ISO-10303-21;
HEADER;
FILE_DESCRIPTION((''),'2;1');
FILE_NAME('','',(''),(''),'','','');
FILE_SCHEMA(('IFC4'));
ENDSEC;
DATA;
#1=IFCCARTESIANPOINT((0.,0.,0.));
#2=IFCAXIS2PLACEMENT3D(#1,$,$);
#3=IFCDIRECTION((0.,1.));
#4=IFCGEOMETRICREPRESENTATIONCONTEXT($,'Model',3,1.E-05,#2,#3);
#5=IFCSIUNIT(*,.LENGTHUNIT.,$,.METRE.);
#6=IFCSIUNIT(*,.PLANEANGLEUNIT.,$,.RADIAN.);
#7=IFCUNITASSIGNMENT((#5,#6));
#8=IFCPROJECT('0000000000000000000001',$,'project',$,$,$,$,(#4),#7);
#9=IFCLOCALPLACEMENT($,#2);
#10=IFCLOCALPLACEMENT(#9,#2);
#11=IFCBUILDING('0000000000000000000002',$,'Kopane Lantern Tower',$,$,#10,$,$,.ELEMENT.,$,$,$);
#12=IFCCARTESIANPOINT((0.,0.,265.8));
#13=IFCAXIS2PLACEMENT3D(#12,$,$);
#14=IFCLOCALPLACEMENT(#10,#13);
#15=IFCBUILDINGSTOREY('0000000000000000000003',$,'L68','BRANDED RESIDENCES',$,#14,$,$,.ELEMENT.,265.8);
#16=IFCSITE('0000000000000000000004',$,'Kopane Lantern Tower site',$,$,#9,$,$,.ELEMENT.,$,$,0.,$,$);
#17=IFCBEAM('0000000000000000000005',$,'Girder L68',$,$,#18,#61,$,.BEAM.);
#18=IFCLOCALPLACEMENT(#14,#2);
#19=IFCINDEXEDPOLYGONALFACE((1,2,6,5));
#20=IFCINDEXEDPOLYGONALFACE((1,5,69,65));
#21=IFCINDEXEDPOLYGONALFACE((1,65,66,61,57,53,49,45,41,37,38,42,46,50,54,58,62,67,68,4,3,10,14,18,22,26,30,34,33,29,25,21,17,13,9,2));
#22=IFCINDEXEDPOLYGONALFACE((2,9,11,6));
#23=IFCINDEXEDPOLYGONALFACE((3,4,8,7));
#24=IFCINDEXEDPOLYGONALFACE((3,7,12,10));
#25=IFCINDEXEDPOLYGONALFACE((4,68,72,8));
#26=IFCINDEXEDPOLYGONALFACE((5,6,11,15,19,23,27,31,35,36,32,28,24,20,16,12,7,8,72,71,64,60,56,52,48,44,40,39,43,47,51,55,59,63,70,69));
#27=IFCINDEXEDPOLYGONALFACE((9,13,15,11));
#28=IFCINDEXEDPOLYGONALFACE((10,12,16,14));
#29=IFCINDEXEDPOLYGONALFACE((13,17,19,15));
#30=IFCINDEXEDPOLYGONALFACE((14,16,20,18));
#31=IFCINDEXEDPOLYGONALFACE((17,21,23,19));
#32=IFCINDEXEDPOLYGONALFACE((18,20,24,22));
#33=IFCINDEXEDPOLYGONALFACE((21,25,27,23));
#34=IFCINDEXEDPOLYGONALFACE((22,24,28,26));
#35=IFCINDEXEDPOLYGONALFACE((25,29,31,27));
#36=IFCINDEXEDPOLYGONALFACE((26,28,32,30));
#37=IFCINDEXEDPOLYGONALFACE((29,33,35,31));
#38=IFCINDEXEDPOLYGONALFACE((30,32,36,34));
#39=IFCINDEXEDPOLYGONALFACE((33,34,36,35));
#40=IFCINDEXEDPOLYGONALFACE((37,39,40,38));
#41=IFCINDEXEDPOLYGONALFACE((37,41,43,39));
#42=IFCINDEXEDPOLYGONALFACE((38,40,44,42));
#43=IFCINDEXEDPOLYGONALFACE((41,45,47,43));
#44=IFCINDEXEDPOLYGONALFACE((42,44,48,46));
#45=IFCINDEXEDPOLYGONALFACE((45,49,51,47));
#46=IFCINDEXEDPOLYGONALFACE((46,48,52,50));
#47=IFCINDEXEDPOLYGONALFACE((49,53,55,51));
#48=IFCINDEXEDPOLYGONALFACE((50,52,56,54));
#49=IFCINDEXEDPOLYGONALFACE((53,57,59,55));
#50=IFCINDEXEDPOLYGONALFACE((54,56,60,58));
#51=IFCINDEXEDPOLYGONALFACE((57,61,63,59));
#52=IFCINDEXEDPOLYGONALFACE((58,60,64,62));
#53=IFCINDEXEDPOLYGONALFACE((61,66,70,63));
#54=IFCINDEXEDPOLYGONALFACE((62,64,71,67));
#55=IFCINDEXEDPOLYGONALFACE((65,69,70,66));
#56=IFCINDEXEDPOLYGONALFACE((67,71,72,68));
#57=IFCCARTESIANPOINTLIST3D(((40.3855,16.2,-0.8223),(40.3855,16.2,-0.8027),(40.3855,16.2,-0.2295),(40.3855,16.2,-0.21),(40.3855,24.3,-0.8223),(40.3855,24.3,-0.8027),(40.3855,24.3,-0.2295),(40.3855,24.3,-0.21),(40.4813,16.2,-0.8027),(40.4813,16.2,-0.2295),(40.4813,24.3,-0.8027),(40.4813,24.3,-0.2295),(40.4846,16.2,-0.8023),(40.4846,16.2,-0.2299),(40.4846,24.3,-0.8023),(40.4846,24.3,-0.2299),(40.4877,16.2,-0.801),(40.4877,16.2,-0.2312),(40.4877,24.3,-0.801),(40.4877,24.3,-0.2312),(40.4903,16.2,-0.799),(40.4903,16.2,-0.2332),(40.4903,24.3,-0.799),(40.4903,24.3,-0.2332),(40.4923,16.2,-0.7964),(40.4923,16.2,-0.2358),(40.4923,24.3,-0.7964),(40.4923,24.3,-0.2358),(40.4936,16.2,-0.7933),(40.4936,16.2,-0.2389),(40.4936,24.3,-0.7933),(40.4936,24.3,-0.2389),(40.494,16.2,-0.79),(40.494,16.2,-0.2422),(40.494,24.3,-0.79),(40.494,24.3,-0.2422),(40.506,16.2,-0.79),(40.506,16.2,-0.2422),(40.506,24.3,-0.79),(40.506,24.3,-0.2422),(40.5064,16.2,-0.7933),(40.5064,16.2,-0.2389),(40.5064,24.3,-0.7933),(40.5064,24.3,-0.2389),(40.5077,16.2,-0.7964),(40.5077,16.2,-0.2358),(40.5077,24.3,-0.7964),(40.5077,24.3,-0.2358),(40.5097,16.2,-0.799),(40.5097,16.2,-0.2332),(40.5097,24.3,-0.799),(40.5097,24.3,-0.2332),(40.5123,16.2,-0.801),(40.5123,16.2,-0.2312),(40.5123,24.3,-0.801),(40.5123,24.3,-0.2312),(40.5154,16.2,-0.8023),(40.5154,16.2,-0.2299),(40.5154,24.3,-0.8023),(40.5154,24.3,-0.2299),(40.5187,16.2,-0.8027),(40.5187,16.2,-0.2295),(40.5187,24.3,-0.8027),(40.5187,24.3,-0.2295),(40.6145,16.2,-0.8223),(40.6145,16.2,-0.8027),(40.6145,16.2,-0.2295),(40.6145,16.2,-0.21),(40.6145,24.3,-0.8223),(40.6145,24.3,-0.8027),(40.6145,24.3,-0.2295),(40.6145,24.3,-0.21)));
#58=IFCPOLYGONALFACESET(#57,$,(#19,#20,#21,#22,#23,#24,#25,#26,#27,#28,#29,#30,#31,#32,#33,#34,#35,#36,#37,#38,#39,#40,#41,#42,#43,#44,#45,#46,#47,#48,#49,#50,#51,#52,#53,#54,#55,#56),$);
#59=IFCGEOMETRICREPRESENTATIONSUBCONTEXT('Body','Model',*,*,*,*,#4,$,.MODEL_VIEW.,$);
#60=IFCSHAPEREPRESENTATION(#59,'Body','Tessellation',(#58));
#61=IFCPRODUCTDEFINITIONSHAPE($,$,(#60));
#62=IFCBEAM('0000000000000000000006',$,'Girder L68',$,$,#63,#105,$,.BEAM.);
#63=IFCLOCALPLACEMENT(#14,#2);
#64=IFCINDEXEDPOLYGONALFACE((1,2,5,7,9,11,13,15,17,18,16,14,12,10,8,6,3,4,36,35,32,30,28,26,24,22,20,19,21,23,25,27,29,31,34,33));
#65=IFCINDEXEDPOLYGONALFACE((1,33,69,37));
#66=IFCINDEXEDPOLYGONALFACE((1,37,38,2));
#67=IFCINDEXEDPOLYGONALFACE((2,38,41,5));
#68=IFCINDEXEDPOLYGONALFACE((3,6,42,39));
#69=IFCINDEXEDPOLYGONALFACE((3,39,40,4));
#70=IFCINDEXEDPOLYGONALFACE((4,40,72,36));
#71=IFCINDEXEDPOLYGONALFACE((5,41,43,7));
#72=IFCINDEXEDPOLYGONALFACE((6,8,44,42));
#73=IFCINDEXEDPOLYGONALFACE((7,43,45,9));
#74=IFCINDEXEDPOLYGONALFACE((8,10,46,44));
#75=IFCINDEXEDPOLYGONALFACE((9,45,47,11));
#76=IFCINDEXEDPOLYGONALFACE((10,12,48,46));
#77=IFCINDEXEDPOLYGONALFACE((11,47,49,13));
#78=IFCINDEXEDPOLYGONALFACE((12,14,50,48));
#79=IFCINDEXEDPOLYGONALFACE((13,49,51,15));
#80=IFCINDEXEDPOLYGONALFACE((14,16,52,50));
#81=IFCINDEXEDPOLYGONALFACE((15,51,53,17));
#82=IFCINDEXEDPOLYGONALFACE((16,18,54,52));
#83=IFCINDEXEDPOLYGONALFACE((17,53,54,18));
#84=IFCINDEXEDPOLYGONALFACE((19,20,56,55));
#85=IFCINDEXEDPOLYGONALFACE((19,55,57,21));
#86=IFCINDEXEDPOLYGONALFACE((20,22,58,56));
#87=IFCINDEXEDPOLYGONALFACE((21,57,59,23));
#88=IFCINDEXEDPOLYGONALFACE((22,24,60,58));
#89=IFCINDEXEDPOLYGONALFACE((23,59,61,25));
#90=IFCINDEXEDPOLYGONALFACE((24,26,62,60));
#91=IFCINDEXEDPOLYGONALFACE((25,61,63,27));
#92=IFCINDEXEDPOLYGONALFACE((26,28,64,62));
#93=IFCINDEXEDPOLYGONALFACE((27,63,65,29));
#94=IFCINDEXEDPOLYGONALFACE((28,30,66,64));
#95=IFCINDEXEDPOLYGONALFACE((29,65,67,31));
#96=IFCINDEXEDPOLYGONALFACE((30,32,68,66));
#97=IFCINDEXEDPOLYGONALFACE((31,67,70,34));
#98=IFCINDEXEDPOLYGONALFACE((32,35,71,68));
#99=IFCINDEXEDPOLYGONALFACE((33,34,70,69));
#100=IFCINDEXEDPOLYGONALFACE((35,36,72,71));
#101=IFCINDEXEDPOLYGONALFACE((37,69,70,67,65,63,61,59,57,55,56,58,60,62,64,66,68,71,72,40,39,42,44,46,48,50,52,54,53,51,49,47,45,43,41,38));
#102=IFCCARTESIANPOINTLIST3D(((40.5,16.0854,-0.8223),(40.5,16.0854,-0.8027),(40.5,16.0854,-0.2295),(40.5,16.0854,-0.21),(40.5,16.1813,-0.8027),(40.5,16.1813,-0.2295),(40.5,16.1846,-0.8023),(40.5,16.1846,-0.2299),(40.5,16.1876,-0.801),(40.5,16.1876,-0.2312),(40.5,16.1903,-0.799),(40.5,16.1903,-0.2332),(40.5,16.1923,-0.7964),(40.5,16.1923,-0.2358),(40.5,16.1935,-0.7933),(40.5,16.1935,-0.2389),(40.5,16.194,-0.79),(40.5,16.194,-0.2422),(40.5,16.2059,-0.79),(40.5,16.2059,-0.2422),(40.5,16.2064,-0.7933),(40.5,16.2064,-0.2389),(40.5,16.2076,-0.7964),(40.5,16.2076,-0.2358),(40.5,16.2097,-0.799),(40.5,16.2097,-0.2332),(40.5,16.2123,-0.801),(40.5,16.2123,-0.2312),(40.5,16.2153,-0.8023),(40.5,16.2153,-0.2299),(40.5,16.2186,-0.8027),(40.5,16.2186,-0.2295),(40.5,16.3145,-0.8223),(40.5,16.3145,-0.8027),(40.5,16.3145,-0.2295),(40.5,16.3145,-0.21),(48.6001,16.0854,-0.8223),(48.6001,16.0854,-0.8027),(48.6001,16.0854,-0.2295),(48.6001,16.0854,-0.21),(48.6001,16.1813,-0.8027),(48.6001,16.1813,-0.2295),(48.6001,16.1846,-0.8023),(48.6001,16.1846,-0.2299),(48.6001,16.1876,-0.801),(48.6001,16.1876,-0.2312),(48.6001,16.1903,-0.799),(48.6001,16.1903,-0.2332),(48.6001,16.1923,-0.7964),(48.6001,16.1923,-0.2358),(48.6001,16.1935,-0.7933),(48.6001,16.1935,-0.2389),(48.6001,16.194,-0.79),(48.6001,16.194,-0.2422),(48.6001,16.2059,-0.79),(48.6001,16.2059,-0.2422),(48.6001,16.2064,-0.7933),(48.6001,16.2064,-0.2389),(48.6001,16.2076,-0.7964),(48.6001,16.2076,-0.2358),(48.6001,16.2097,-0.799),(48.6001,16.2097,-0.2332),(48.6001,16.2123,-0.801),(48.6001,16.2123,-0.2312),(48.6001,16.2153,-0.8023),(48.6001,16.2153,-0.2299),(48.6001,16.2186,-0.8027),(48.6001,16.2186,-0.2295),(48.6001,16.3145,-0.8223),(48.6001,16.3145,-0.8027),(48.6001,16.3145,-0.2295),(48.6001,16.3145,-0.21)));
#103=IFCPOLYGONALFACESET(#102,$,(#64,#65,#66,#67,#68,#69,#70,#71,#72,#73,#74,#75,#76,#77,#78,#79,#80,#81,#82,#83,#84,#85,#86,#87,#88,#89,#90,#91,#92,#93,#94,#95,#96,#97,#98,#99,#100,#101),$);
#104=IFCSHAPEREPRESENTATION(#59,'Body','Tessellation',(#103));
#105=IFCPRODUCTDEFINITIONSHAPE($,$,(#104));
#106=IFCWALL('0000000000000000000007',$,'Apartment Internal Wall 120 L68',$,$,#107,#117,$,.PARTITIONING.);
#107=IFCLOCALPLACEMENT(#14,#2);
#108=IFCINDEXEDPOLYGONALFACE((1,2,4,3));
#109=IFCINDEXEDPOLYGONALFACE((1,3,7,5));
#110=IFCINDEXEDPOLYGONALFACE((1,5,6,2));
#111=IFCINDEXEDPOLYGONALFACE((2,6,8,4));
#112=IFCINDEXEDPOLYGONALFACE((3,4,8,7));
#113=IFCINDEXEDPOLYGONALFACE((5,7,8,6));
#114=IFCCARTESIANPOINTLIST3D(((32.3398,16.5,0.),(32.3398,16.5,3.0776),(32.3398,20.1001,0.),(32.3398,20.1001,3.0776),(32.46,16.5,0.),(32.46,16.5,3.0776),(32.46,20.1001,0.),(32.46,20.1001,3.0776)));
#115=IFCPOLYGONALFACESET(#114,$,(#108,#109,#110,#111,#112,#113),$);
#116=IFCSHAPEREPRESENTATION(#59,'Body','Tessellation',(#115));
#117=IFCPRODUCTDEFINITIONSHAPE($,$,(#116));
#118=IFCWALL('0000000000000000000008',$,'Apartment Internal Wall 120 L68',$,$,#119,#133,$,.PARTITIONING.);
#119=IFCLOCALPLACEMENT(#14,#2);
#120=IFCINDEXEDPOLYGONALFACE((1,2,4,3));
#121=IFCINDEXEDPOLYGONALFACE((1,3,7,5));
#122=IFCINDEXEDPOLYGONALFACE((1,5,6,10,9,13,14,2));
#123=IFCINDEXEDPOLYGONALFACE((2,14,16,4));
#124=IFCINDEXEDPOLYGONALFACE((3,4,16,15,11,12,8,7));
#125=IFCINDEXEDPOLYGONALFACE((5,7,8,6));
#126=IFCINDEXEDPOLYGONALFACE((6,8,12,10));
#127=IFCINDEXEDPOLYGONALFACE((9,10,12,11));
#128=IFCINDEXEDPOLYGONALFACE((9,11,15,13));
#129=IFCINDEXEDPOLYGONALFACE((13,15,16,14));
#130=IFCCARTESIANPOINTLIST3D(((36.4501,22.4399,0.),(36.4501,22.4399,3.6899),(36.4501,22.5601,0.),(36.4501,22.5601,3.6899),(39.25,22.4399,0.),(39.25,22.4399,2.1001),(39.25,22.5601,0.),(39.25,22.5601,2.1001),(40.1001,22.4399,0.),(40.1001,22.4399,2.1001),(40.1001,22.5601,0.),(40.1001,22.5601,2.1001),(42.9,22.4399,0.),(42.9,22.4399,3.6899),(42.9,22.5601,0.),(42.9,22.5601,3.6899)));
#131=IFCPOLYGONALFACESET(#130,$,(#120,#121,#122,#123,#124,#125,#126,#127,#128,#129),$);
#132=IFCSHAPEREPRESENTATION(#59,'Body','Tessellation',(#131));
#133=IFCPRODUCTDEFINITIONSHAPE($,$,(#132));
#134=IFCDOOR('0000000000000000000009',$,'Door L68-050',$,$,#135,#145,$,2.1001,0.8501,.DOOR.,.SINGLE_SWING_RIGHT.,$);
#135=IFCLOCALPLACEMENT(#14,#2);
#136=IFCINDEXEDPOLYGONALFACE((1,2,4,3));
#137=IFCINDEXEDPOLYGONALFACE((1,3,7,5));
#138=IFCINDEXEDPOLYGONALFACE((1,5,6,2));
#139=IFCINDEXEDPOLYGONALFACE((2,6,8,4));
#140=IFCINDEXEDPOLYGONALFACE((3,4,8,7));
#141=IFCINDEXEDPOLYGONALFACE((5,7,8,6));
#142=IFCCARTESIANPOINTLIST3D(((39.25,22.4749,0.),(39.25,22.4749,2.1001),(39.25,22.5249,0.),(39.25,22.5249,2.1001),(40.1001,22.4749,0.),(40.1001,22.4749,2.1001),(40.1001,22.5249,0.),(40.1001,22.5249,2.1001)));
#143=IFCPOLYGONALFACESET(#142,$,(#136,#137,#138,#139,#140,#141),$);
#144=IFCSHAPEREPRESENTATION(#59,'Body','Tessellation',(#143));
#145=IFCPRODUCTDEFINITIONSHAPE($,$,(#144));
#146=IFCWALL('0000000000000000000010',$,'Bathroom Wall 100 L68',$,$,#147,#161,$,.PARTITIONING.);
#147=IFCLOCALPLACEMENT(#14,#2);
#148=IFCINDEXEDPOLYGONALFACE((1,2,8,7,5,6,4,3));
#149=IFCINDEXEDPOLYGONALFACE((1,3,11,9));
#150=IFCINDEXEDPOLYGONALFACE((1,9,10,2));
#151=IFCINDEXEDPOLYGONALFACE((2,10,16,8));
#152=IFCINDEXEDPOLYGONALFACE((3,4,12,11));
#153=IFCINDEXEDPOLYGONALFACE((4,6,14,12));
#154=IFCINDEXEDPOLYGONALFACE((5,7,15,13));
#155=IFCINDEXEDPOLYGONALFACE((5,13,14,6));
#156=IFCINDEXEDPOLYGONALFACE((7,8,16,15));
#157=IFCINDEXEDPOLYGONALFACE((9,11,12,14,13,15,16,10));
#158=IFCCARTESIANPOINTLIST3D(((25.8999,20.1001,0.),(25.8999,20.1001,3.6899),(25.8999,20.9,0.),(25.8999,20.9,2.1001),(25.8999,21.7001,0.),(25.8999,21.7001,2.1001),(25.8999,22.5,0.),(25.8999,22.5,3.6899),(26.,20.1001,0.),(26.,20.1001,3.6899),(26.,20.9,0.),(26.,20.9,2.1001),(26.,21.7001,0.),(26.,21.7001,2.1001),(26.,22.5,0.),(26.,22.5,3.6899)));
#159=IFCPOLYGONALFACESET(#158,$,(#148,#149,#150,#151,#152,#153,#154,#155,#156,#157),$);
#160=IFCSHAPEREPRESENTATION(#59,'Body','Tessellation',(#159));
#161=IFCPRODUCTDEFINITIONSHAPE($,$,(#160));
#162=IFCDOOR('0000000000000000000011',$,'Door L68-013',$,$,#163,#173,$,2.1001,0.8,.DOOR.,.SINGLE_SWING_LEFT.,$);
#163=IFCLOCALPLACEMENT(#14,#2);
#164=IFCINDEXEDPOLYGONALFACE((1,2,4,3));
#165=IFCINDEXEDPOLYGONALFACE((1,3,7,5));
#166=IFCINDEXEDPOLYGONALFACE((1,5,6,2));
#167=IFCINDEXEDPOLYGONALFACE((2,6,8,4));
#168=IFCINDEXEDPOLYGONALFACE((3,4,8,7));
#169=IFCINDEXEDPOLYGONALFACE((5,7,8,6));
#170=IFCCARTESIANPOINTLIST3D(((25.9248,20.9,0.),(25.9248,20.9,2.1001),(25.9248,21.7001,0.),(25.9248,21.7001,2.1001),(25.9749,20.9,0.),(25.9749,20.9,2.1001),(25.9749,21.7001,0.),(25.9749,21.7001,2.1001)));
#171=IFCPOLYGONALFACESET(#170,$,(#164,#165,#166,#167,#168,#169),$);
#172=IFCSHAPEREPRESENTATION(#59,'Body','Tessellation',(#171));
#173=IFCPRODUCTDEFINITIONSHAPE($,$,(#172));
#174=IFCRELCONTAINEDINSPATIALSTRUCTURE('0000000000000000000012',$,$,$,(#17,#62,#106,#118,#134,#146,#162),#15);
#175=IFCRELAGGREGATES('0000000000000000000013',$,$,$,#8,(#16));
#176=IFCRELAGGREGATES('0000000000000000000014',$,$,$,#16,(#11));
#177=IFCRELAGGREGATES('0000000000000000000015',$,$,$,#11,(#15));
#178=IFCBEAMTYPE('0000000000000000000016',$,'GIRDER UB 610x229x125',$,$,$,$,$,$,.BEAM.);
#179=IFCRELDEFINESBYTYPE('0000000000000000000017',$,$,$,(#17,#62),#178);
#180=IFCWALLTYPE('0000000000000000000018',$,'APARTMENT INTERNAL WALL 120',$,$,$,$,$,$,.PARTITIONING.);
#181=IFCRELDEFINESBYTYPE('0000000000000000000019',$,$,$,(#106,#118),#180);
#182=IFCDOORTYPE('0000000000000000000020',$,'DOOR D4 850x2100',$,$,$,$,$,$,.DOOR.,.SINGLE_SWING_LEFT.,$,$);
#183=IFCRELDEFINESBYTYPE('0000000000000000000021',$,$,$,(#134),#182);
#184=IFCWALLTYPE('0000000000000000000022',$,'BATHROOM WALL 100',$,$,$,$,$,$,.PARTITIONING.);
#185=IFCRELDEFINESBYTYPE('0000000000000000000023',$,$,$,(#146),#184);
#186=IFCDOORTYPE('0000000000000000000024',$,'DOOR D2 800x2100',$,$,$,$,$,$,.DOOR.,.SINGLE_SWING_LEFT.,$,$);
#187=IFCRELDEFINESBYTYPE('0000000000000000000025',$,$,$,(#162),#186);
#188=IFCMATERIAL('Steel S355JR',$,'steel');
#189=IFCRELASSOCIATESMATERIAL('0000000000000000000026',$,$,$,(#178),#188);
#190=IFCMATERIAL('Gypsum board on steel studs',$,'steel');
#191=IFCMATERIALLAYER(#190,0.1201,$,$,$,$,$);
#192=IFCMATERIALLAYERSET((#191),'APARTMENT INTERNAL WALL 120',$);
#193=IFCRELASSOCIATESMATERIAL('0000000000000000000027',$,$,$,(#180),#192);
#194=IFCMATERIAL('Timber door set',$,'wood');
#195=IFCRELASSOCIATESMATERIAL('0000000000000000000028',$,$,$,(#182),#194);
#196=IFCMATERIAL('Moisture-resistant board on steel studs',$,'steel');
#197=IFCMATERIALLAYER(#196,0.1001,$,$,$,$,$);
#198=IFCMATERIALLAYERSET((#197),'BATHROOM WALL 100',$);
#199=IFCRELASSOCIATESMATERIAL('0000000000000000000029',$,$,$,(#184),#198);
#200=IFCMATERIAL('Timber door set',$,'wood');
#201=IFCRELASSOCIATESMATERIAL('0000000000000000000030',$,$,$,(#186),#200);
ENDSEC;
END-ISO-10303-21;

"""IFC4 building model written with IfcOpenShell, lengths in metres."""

from ifc_helpers import new_model, si_unit, direction, frame, frame_2d, origin, origin_2d, place, context, subcontext, project, spatial, rectangle, i_section, extrude, material, layer, layer_set, material_profile, profile_set, type_object, element, fill, save


model = new_model("IFC4")

# Units and contexts
model_context = context("Model", 3, precision=1e-05, world=origin(), true_north=direction((0.0, 1.0)))
body_context = subcontext(model_context, "Body", "Model", "MODEL_VIEW")
ifc_project = project(units=[si_unit("LENGTHUNIT", "METRE"), si_unit("PLANEANGLEUNIT", "RADIAN")], contexts=[model_context])

# Site, building, storey
site_placement = place(None, origin())
site = spatial("IfcSite", under=ifc_project, at=site_placement, Name="Kopane Lantern Tower site", CompositionType="ELEMENT", RefElevation=0.0)
building_placement = place(site_placement, origin())
building = spatial("IfcBuilding", under=site, at=building_placement, Name="Kopane Lantern Tower", CompositionType="ELEMENT")
storey_placement = place(building_placement, frame((0.0, 0.0, 265.8)))
storey = spatial("IfcBuildingStorey", under=building, at=storey_placement, Name="L68", Description="BRANDED RESIDENCES", CompositionType="ELEMENT", Elevation=265.8)

# Beams
ifc_material_1 = material(Name="Steel S355JR", Category="steel")
ifc_material_profile_1 = material_profile(ifc_material_1, i_section(OverallWidth=0.229, OverallDepth=0.6123, WebThickness=0.012, FlangeThickness=0.0195, FilletRadius=0.0127, at=origin_2d()), Name="UB 610x229x125")
ifc_profile_set_1 = profile_set([ifc_material_profile_1], Name="Steel S355JR")
beam_type_1 = type_object("IfcBeamType", Name="GIRDER UB 610x229x125", PredefinedType="BEAM", material=ifc_profile_set_1)
for number, where, z_axis, x_axis, name in (
    (1, (40.5, 16.2, -0.5161), (0.0, 1.0, 0.0), (-1.0, 0.0, 0.0), "Girder L68"),
    (2, (40.5, 16.2, -0.5161), (1.0, 0.0, 0.0), (0.0, 1.0, 0.0), "Girder L68"),
):
    element("IfcBeam", number, at=place(storey_placement, frame(where, z_axis=z_axis, x_axis=x_axis)), inside=storey, type_object=beam_type_1, Name=name, PredefinedType="BEAM", context=body_context, shape_type="SweptSolid", body=[
        extrude(i_section(OverallWidth=0.229, OverallDepth=0.6123, WebThickness=0.012, FlangeThickness=0.0195, FilletRadius=0.0127, at=origin_2d()), origin(), (0.0, 0.0, 1.0), 8.1001),
    ])

# Wall
ifc_material_2 = material(Name="Gypsum board on steel studs", Category="steel")
ifc_layer_1 = layer(ifc_material_2, 0.1201)
ifc_layer_set_1 = layer_set([ifc_layer_1], Name="APARTMENT INTERNAL WALL 120")
wall_type_1 = type_object("IfcWallType", Name="APARTMENT INTERNAL WALL 120", PredefinedType="PARTITIONING", material=ifc_layer_set_1)
wall_1_placement = place(storey_placement, frame((32.3999, 20.1001, 0.0), z_axis=(0.0, 0.0, 1.0), x_axis=(0.0, -1.0, 0.0)))
element("IfcWall", 3, at=wall_1_placement, inside=storey, type_object=wall_type_1, Name="Apartment Internal Wall 120 L68", PredefinedType="PARTITIONING", context=body_context, shape_type="SweptSolid", body=[
    extrude(rectangle(XDim=3.6001, YDim=0.1201, at=frame_2d((1.8, 0.0))), origin(), (0.0, 0.0, 1.0), 3.0776),
])

# Walls, openings, doors
wall_2_placement = place(storey_placement, frame((36.45, 22.5, 0.0), z_axis=(0.0, 0.0, 1.0), x_axis=(1.0, 0.0, 0.0)))
wall_2 = element("IfcWall", 4, at=wall_2_placement, inside=storey, type_object=wall_type_1, Name="Apartment Internal Wall 120 L68", PredefinedType="PARTITIONING", context=body_context, shape_type="SweptSolid", body=[
    extrude(rectangle(XDim=6.45, YDim=0.1201, at=frame_2d((3.2251, 0.0))), origin(), (0.0, 0.0, 1.0), 3.6899),
])
opening_1_placement = place(wall_2_placement, frame((2.8, 0.0, 0.0)))
opening_1 = element("IfcOpeningElement", 5, at=opening_1_placement, cuts=wall_2, PredefinedType="OPENING", context=body_context, shape_type="SweptSolid", body=[
    extrude(rectangle(XDim=0.8501, YDim=2.1001, at=frame_2d((0.425, 1.05))), frame((0.0, 0.0701, 0.0), z_axis=(0.0, -1.0, 0.0), x_axis=(1.0, 0.0, 0.0)), (0.0, 0.0, 1.0), 0.1401),
])
ifc_material_3 = material(Name="Timber door set", Category="wood")
door_type_1 = type_object("IfcDoorType", Name="DOOR D4 850x2100", OperationType="SINGLE_SWING_LEFT", PredefinedType="DOOR", material=ifc_material_3)
door_1_placement = place(opening_1_placement, origin())
door_1 = element("IfcDoor", 6, at=door_1_placement, inside=storey, type_object=door_type_1, Name="Door L68-050", OperationType="SINGLE_SWING_RIGHT", OverallHeight=2.1001, OverallWidth=0.8501, PredefinedType="DOOR", context=body_context, shape_type="SweptSolid", body=[
    extrude(rectangle(XDim=0.8501, YDim=2.1001, at=frame_2d((0.425, 1.05))), frame((0.0, 0.0249, 0.0), z_axis=(0.0, -1.0, 0.0), x_axis=(1.0, 0.0, 0.0)), (0.0, 0.0, 1.0), 0.05),
])
fill(opening_1, door_1)
ifc_material_4 = material(Name="Moisture-resistant board on steel studs", Category="steel")
ifc_layer_2 = layer(ifc_material_4, 0.1001)
ifc_layer_set_2 = layer_set([ifc_layer_2], Name="BATHROOM WALL 100")
wall_type_2 = type_object("IfcWallType", Name="BATHROOM WALL 100", PredefinedType="PARTITIONING", material=ifc_layer_set_2)
wall_3_placement = place(storey_placement, frame((25.95, 22.5, 0.0), z_axis=(0.0, 0.0, 1.0), x_axis=(0.0, -1.0, 0.0)))
wall_3 = element("IfcWall", 7, at=wall_3_placement, inside=storey, type_object=wall_type_2, Name="Bathroom Wall 100 L68", PredefinedType="PARTITIONING", context=body_context, shape_type="SweptSolid", body=[
    extrude(rectangle(XDim=2.3999, YDim=0.1001, at=frame_2d((1.2, 0.0))), origin(), (0.0, 0.0, 1.0), 3.6899),
])
opening_2_placement = place(wall_3_placement, frame((0.8, 0.0, 0.0)))
opening_2 = element("IfcOpeningElement", 8, at=opening_2_placement, cuts=wall_3, PredefinedType="OPENING", context=body_context, shape_type="SweptSolid", body=[
    extrude(rectangle(XDim=0.8, YDim=2.1001, at=frame_2d((0.3999, 1.05))), frame((0.0, 0.0601, 0.0), z_axis=(0.0, -1.0, 0.0), x_axis=(1.0, 0.0, 0.0)), (0.0, 0.0, 1.0), 0.1201),
])
ifc_material_5 = material(Name="Timber door set", Category="wood")
door_type_2 = type_object("IfcDoorType", Name="DOOR D2 800x2100", OperationType="SINGLE_SWING_LEFT", PredefinedType="DOOR", material=ifc_material_5)
door_2_placement = place(opening_2_placement, origin())
door_2 = element("IfcDoor", 9, at=door_2_placement, inside=storey, type_object=door_type_2, Name="Door L68-013", OperationType="SINGLE_SWING_LEFT", OverallHeight=2.1001, OverallWidth=0.8, PredefinedType="DOOR", context=body_context, shape_type="SweptSolid", body=[
    extrude(rectangle(XDim=0.8, YDim=2.1001, at=frame_2d((0.3999, 1.05))), frame((0.0, 0.0249, 0.0), z_axis=(0.0, -1.0, 0.0), x_axis=(1.0, 0.0, 0.0)), (0.0, 0.0, 1.0), 0.05),
])
fill(opening_2, door_2)

save(model, "model.ifc")
